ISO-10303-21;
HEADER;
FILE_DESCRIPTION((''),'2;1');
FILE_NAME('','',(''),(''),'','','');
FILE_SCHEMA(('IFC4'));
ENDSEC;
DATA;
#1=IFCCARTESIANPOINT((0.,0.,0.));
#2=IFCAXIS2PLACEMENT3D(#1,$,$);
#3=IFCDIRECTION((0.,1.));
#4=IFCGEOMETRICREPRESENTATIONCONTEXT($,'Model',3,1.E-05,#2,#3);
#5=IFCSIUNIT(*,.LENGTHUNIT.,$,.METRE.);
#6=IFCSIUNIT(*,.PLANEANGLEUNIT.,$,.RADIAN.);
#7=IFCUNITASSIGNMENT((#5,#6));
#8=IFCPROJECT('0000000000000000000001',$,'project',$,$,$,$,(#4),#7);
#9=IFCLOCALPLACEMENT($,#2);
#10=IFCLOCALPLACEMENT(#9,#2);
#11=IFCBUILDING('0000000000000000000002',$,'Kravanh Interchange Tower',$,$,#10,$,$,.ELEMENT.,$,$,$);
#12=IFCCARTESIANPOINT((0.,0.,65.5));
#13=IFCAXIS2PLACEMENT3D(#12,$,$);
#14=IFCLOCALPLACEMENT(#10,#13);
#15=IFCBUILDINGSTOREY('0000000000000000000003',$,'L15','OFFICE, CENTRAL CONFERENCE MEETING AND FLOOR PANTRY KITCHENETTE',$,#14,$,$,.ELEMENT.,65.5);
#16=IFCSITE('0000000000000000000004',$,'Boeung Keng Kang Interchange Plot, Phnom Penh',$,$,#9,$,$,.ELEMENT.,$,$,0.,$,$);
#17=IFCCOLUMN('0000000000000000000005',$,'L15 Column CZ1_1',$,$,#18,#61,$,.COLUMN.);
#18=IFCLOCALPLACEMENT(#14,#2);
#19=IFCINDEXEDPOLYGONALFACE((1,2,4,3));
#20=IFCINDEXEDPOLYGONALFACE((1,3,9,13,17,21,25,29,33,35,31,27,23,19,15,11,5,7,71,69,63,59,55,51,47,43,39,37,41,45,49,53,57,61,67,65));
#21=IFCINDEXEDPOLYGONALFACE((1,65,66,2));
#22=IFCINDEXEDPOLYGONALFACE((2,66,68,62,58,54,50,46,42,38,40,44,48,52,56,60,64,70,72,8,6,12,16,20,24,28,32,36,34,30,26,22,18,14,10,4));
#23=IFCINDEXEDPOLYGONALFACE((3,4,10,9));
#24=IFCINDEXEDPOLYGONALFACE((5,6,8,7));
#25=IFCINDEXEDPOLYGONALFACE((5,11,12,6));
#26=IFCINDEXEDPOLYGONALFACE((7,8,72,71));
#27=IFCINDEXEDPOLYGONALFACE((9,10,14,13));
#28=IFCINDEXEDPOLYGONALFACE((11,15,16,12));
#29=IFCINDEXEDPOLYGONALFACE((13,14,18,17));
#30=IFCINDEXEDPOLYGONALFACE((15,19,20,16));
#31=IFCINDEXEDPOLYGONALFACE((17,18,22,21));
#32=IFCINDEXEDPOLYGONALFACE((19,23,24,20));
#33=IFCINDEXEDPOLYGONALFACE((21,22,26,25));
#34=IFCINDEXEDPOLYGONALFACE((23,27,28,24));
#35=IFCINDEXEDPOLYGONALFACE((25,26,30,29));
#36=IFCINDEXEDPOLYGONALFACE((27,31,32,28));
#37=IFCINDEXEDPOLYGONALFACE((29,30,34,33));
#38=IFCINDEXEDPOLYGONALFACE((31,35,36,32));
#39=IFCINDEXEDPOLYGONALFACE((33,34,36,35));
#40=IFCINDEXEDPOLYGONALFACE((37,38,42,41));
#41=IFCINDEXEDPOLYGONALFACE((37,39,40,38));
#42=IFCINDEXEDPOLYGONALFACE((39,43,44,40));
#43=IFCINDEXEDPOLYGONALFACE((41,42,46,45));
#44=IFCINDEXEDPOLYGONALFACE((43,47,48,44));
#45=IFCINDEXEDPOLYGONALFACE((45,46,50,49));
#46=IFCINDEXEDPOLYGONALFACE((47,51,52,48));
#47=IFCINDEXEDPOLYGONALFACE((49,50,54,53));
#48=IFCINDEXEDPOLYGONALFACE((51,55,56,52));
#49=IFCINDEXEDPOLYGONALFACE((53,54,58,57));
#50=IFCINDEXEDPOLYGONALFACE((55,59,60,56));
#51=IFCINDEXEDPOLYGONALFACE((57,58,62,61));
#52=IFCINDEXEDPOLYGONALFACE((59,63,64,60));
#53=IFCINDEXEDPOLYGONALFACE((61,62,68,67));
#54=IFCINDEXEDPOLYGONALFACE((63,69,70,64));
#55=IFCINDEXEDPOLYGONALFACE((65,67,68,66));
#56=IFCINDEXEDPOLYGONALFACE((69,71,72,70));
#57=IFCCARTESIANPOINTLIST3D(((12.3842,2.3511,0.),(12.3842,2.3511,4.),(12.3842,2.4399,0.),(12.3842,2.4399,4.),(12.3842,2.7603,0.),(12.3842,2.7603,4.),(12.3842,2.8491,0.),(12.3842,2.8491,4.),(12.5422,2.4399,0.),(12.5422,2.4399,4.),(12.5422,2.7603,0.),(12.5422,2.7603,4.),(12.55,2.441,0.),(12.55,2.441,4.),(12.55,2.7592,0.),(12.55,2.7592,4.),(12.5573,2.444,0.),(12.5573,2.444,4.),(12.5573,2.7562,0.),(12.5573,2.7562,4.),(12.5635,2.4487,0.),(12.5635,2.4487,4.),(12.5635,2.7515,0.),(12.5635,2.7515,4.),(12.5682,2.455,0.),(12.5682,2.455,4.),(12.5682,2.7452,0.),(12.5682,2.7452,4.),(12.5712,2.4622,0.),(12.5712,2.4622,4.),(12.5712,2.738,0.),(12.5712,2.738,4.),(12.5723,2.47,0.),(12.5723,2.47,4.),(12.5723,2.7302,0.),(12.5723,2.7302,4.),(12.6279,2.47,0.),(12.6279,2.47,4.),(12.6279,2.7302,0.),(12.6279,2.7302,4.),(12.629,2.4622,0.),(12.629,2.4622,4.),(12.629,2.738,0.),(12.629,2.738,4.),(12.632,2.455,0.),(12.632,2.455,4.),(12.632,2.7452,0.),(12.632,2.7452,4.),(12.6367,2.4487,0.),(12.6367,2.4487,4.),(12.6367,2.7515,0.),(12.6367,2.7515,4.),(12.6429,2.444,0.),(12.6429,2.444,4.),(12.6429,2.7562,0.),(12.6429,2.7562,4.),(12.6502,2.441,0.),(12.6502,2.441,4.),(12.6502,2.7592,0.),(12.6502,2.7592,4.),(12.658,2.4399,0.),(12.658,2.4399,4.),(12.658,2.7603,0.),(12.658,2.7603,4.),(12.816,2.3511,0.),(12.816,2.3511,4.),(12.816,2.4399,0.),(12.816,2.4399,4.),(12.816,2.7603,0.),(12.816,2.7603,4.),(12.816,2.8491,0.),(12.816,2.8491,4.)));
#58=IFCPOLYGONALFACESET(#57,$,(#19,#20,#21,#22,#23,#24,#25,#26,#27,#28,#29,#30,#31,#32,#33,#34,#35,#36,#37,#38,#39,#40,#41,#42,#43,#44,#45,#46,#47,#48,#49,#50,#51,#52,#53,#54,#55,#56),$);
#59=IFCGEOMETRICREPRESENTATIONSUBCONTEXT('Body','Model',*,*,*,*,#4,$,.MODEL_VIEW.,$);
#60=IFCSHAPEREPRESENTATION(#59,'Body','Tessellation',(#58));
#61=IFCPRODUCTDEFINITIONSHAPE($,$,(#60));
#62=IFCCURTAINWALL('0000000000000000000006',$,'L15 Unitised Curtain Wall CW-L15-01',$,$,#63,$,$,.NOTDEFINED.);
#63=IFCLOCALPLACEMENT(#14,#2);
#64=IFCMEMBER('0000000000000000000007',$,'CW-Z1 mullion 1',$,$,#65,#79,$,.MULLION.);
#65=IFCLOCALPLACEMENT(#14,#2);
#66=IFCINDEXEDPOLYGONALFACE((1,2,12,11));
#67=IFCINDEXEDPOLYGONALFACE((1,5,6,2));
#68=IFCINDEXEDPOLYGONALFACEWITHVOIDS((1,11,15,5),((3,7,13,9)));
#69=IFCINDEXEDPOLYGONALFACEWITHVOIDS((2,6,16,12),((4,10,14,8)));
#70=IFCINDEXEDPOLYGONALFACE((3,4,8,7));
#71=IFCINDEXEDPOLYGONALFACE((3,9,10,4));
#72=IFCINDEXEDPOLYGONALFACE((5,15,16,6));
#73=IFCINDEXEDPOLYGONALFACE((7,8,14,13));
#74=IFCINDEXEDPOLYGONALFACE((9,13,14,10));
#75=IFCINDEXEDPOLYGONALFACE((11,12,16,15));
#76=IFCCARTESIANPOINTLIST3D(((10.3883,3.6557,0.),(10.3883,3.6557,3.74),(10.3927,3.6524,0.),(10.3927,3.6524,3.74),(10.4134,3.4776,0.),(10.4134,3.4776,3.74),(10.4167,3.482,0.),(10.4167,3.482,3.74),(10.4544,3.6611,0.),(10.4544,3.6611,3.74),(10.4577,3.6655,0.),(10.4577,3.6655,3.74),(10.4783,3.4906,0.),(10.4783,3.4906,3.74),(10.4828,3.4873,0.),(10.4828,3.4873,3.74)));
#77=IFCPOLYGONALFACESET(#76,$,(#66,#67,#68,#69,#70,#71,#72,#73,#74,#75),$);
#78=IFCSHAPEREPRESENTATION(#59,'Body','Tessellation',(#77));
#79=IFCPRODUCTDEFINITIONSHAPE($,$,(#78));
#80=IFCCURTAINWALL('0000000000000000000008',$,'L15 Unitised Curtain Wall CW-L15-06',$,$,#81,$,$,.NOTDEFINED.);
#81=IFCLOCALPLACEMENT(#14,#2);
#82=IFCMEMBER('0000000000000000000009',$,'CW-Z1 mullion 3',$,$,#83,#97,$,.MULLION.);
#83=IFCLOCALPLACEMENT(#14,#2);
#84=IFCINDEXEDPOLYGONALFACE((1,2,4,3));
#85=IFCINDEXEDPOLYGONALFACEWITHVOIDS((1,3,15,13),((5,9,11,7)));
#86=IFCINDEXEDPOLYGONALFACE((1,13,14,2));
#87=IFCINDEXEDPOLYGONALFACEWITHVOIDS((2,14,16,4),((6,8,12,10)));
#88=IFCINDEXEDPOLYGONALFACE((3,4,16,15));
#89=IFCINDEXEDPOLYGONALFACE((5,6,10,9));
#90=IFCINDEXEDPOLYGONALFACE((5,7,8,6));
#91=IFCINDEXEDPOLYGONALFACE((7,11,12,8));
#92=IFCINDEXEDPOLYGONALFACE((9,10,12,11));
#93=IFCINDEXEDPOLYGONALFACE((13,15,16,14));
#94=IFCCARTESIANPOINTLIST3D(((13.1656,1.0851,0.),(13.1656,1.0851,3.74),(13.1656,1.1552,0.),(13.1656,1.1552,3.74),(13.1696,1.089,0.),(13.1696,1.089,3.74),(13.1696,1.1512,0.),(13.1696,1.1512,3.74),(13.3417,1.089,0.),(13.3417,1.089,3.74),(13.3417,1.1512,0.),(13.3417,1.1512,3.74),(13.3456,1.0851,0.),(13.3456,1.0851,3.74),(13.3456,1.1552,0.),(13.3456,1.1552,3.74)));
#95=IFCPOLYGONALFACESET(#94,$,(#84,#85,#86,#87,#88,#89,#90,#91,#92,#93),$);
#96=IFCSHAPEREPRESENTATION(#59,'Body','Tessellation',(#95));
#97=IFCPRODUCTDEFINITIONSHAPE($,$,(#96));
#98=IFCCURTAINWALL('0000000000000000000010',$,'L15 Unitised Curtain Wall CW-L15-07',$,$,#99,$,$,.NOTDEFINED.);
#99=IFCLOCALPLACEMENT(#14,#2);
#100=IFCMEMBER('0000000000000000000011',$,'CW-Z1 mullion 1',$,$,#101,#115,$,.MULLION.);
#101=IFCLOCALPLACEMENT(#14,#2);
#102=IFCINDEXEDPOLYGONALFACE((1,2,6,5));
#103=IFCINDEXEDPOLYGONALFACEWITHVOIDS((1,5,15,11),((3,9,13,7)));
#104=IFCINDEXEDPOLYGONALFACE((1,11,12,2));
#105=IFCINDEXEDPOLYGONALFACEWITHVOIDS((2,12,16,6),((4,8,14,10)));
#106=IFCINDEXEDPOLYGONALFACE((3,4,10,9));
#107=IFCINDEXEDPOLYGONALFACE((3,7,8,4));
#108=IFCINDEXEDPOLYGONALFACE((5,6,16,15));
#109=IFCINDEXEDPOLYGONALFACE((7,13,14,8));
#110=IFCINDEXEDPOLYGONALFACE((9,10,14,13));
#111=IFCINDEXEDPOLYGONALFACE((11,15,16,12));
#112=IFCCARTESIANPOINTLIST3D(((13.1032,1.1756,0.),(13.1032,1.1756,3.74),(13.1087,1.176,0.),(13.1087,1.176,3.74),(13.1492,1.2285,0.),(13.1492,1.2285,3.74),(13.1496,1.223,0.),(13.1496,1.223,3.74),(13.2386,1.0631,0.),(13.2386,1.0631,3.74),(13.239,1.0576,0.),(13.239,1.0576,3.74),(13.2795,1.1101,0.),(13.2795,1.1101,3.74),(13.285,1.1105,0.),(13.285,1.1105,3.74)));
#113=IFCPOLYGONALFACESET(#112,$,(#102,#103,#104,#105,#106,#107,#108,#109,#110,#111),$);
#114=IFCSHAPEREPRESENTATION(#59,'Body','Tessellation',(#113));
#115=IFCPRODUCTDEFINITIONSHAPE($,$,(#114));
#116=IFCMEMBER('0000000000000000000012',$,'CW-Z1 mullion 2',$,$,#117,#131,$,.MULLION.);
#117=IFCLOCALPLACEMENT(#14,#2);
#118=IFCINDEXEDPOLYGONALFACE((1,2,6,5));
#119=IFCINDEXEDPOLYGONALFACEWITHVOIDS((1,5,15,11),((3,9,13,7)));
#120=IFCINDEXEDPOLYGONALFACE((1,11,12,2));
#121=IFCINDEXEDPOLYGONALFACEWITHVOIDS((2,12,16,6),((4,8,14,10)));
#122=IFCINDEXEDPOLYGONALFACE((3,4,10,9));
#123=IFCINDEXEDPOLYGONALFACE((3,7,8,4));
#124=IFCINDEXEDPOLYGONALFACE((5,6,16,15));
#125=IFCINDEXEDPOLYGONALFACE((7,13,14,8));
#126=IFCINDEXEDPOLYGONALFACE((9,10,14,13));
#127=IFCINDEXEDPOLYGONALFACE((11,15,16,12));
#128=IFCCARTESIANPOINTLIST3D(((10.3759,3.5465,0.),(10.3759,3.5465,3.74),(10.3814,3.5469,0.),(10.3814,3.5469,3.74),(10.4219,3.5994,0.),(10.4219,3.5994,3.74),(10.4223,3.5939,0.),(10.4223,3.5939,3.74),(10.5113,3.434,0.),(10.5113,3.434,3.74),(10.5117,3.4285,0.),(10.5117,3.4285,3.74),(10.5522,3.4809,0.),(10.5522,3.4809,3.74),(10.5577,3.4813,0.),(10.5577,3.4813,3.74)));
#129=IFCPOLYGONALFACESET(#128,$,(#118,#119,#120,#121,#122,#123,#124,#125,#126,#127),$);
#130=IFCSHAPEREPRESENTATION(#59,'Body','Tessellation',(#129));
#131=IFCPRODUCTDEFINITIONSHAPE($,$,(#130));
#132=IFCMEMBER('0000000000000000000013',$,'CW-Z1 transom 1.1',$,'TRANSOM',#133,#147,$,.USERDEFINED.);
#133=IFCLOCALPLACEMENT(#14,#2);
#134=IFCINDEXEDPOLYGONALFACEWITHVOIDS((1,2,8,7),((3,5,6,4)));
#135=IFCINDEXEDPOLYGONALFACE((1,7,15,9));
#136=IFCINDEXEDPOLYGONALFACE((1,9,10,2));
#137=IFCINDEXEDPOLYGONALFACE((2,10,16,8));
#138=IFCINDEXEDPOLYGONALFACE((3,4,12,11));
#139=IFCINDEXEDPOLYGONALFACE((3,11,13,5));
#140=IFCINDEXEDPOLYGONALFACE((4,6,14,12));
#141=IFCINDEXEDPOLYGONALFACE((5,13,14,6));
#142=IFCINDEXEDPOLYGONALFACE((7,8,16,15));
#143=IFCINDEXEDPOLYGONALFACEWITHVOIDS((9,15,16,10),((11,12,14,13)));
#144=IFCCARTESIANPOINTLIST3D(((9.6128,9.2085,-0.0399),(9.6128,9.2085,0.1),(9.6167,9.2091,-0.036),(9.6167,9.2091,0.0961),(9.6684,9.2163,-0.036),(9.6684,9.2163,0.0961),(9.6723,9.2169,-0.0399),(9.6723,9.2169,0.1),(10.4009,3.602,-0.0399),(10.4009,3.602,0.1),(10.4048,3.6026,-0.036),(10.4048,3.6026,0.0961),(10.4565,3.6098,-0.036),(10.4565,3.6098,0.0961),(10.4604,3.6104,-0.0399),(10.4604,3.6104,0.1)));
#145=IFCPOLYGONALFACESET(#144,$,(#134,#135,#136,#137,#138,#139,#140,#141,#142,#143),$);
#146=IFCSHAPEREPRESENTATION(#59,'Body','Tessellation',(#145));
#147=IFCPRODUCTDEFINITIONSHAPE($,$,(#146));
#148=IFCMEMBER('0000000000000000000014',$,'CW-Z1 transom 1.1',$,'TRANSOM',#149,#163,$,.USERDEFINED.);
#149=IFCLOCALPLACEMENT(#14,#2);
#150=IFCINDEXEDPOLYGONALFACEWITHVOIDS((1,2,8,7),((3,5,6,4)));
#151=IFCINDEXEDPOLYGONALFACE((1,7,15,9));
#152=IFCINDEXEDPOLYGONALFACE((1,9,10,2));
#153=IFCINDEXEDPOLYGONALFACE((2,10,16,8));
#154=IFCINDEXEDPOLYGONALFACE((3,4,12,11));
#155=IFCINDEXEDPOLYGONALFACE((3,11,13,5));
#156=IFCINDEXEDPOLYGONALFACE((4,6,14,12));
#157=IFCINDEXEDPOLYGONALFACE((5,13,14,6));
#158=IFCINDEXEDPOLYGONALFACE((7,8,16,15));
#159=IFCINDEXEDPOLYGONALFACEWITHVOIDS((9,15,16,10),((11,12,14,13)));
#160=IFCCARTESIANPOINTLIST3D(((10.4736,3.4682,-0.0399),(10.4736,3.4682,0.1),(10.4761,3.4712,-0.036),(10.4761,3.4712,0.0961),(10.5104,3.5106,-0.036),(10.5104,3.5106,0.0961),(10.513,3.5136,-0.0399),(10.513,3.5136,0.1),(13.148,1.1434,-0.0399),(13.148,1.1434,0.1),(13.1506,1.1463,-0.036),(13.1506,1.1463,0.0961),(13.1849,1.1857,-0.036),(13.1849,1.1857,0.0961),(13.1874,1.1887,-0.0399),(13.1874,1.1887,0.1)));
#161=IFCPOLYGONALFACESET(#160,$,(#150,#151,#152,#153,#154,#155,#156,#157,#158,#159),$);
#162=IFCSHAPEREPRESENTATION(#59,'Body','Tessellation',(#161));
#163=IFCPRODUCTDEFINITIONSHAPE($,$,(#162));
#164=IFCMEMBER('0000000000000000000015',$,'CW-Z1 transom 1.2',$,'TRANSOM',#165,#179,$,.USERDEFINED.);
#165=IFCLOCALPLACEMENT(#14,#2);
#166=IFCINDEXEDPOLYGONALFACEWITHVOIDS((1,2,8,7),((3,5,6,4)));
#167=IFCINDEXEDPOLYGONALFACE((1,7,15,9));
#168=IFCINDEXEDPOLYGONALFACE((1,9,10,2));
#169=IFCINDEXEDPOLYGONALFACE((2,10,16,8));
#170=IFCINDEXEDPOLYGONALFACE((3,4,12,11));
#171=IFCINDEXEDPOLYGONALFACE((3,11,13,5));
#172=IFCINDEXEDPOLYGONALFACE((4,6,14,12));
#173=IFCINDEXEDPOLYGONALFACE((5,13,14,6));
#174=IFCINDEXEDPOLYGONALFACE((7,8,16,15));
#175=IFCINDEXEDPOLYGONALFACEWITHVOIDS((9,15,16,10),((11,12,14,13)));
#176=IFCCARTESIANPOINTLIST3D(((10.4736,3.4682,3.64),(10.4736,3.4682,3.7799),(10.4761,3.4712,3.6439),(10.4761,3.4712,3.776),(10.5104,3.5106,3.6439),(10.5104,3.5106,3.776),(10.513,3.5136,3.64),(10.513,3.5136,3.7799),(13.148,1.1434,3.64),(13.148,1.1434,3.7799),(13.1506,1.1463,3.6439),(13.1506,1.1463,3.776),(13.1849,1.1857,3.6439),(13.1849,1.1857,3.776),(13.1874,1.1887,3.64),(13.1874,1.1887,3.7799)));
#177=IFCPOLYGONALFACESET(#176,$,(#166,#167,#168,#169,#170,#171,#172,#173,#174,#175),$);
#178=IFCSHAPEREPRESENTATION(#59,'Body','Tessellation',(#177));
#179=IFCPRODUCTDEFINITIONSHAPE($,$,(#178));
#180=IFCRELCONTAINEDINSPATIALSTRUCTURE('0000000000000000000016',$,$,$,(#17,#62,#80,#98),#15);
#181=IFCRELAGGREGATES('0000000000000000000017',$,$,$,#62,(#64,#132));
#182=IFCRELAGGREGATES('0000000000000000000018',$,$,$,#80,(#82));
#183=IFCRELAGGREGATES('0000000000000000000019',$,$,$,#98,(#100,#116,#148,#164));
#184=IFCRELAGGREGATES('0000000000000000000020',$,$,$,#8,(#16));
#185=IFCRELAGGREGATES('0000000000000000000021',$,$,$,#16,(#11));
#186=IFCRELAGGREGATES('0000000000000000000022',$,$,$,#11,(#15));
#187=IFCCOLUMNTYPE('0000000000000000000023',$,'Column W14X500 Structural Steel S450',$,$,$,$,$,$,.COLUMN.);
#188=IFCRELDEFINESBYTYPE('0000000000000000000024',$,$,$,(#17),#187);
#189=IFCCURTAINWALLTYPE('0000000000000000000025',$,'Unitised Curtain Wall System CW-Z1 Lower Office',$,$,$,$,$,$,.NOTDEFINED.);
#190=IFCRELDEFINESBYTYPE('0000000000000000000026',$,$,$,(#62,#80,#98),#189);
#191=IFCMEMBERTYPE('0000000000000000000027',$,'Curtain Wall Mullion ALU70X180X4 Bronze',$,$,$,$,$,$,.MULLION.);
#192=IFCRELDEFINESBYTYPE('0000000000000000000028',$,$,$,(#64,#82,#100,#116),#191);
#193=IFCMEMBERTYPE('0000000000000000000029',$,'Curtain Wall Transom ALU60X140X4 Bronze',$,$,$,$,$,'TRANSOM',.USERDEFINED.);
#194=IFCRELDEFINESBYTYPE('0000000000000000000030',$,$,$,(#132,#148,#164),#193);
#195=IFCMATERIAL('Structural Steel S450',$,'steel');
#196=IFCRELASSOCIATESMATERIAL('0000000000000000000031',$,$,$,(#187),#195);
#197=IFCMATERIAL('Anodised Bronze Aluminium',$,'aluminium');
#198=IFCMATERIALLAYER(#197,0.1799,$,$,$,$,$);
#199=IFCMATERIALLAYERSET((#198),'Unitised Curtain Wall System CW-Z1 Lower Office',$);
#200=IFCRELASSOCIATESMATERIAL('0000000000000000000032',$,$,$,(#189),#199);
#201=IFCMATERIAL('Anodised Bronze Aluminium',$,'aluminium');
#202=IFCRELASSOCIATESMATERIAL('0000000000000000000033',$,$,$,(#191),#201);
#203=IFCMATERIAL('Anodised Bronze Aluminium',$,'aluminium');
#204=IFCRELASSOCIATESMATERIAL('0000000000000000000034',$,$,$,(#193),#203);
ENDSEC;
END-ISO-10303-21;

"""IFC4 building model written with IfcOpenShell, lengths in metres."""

from ifc_helpers import new_model, si_unit, direction, frame, origin, origin_2d, place, context, subcontext, project, spatial, hollow_rectangle, i_section, extrude, material, layer, layer_set, material_profile, profile_set, type_object, element, aggregate, save


model = new_model("IFC4")

# Units and contexts
model_context = context("Model", 3, precision=1e-05, world=origin(), true_north=direction((0.0, 1.0)))
body_context = subcontext(model_context, "Body", "Model", "MODEL_VIEW")
ifc_project = project(units=[si_unit("LENGTHUNIT", "METRE"), si_unit("PLANEANGLEUNIT", "RADIAN")], contexts=[model_context])

# Site, building, storey
site_placement = place(None, origin())
site = spatial("IfcSite", under=ifc_project, at=site_placement, Name="Boeung Keng Kang Interchange Plot, Phnom Penh", CompositionType="ELEMENT", RefElevation=0.0)
building_placement = place(site_placement, origin())
building = spatial("IfcBuilding", under=site, at=building_placement, Name="Kravanh Interchange Tower", CompositionType="ELEMENT")
storey_placement = place(building_placement, frame((0.0, 0.0, 65.5)))
storey = spatial("IfcBuildingStorey", under=building, at=storey_placement, Name="L15", Description="OFFICE, CENTRAL CONFERENCE MEETING AND FLOOR PANTRY KITCHENETTE", CompositionType="ELEMENT", Elevation=65.5)

# Column
ifc_material_1 = material(Name="Structural Steel S450", Category="steel")
ifc_material_profile_1 = material_profile(ifc_material_1, i_section(OverallWidth=0.4319, OverallDepth=0.498, WebThickness=0.0557, FlangeThickness=0.0889, FilletRadius=0.03, at=origin_2d()), Name="W14X500")
ifc_profile_set_1 = profile_set([ifc_material_profile_1], Name="Structural Steel S450")
column_type = type_object("IfcColumnType", Name="Column W14X500 Structural Steel S450", PredefinedType="COLUMN", material=ifc_profile_set_1)
column_placement = place(storey_placement, frame((12.6001, 2.6001, 0.0), z_axis=(0.0, 0.0, 1.0), x_axis=(1.0, 0.0, 0.0)))
element("IfcColumn", 1, at=column_placement, inside=storey, type_object=column_type, Name="L15 Column CZ1_1", PredefinedType="COLUMN", context=body_context, shape_type="SweptSolid", body=[
    extrude(i_section(OverallWidth=0.4319, OverallDepth=0.498, WebThickness=0.0557, FlangeThickness=0.0889, FilletRadius=0.03, at=origin_2d()), origin(), (0.0, 0.0, 1.0), 4.0),
])

# Curtain walls, members
ifc_material_2 = material(Name="Anodised Bronze Aluminium", Category="aluminium")
ifc_layer_1 = layer(ifc_material_2, 0.1799)
ifc_layer_set_1 = layer_set([ifc_layer_1], Name="Unitised Curtain Wall System CW-Z1 Lower Office")
curtain_wall_type = type_object("IfcCurtainWallType", Name="Unitised Curtain Wall System CW-Z1 Lower Office", PredefinedType="NOTDEFINED", material=ifc_layer_set_1)
curtain_wall_1_placement = place(storey_placement, origin())
curtain_wall_1 = element("IfcCurtainWall", 2, at=curtain_wall_1_placement, inside=storey, type_object=curtain_wall_type, Name="L15 Unitised Curtain Wall CW-L15-01", PredefinedType="NOTDEFINED")
ifc_material_3 = material(Name="Anodised Bronze Aluminium", Category="aluminium")
ifc_material_profile_2 = material_profile(ifc_material_3, hollow_rectangle(XDim=0.0701, YDim=0.1799, WallThickness=0.0039, at=origin_2d()), Name="ALU70X180X4")
ifc_profile_set_2 = profile_set([ifc_material_profile_2], Name="Anodised Bronze Aluminium")
member_type_1 = type_object("IfcMemberType", Name="Curtain Wall Mullion ALU70X180X4 Bronze", PredefinedType="MULLION", material=ifc_profile_set_2)
member_1_placement = place(storey_placement, frame((10.4355, 3.5715, 0.0), z_axis=(0.0, 0.0, 1.0), x_axis=(-0.990268, -0.139177, 0.0)))
member_1 = element("IfcMember", 3, at=member_1_placement, type_object=member_type_1, Name="CW-Z1 mullion 1", PredefinedType="MULLION", context=body_context, shape_type="SweptSolid", body=[
    extrude(hollow_rectangle(XDim=0.0701, YDim=0.1799, WallThickness=0.0039, at=origin_2d()), origin(), (0.0, 0.0, 1.0), 3.74),
])
curtain_wall_2_placement = place(storey_placement, origin())
curtain_wall_2 = element("IfcCurtainWall", 4, at=curtain_wall_2_placement, inside=storey, type_object=curtain_wall_type, Name="L15 Unitised Curtain Wall CW-L15-06", PredefinedType="NOTDEFINED")
member_2_placement = place(storey_placement, frame((13.2556, 1.1201, 0.0), z_axis=(0.0, 0.0, 1.0), x_axis=(0.0, -1.0, 0.0)))
member_2 = element("IfcMember", 5, at=member_2_placement, type_object=member_type_1, Name="CW-Z1 mullion 3", PredefinedType="MULLION", context=body_context, shape_type="SweptSolid", body=[
    extrude(hollow_rectangle(XDim=0.0701, YDim=0.1799, WallThickness=0.0039, at=origin_2d()), origin(), (0.0, 0.0, 1.0), 3.74),
])

# Curtain wall, members
curtain_wall_3_placement = place(storey_placement, origin())
curtain_wall_3 = element("IfcCurtainWall", 6, at=curtain_wall_3_placement, inside=storey, type_object=curtain_wall_type, Name="L15 Unitised Curtain Wall CW-L15-07", PredefinedType="NOTDEFINED")
member_3_placement = place(storey_placement, frame((13.1941, 1.1431, 0.0), z_axis=(0.0, 0.0, 1.0), x_axis=(-0.65606, -0.754708, 0.0)))
member_3 = element("IfcMember", 7, at=member_3_placement, type_object=member_type_1, Name="CW-Z1 mullion 1", PredefinedType="MULLION", context=body_context, shape_type="SweptSolid", body=[
    extrude(hollow_rectangle(XDim=0.0701, YDim=0.1799, WallThickness=0.0039, at=origin_2d()), origin(), (0.0, 0.0, 1.0), 3.74),
])
member_4_placement = place(storey_placement, frame((10.4668, 3.5139, 0.0), z_axis=(0.0, 0.0, 1.0), x_axis=(-0.65606, -0.754708, 0.0)))
member_4 = element("IfcMember", 8, at=member_4_placement, type_object=member_type_1, Name="CW-Z1 mullion 2", PredefinedType="MULLION", context=body_context, shape_type="SweptSolid", body=[
    extrude(hollow_rectangle(XDim=0.0701, YDim=0.1799, WallThickness=0.0039, at=origin_2d()), origin(), (0.0, 0.0, 1.0), 3.74),
])

# Members
ifc_material_4 = material(Name="Anodised Bronze Aluminium", Category="aluminium")
ifc_material_profile_3 = material_profile(ifc_material_4, hollow_rectangle(XDim=0.0601, YDim=0.1399, WallThickness=0.0039, at=origin_2d()), Name="ALU60X140X4")
ifc_profile_set_3 = profile_set([ifc_material_profile_3], Name="Anodised Bronze Aluminium")
member_type_2 = type_object("IfcMemberType", Name="Curtain Wall Transom ALU60X140X4 Bronze", ElementType="TRANSOM", PredefinedType="USERDEFINED", material=ifc_profile_set_3)
member_5_placement = place(storey_placement, frame((10.4307, 3.6062, 0.03), z_axis=(-0.139199, 0.990264, 0.0), x_axis=(-0.990264, -0.139199, 0.0)))
member_5 = element("IfcMember", 9, at=member_5_placement, type_object=member_type_2, Name="CW-Z1 transom 1.1", ObjectType="TRANSOM", PredefinedType="USERDEFINED", context=body_context, shape_type="SweptSolid", body=[
    extrude(hollow_rectangle(XDim=0.0601, YDim=0.1399, WallThickness=0.0039, at=origin_2d()), origin(), (0.0, 0.0, 1.0), 5.6616),
])
aggregate(curtain_wall_1, [member_1, member_5])
member_6_placement = place(storey_placement, frame((13.1677, 1.166, 0.03), z_axis=(-0.754711, 0.656058, 0.0), x_axis=(-0.656058, -0.754711, 0.0)))
member_6 = element("IfcMember", 10, at=member_6_placement, type_object=member_type_2, Name="CW-Z1 transom 1.1", ObjectType="TRANSOM", PredefinedType="USERDEFINED", context=body_context, shape_type="SweptSolid", body=[
    extrude(hollow_rectangle(XDim=0.0601, YDim=0.1399, WallThickness=0.0039, at=origin_2d()), origin(), (0.0, 0.0, 1.0), 3.5437),
])
member_7_placement = place(storey_placement, frame((13.1677, 1.166, 3.71), z_axis=(-0.754711, 0.656058, 0.0), x_axis=(-0.656058, -0.754711, 0.0)))
member_7 = element("IfcMember", 11, at=member_7_placement, type_object=member_type_2, Name="CW-Z1 transom 1.2", ObjectType="TRANSOM", PredefinedType="USERDEFINED", context=body_context, shape_type="SweptSolid", body=[
    extrude(hollow_rectangle(XDim=0.0601, YDim=0.1399, WallThickness=0.0039, at=origin_2d()), origin(), (0.0, 0.0, 1.0), 3.5437),
])

aggregate(curtain_wall_2, [member_2])
aggregate(curtain_wall_3, [member_3, member_4, member_6, member_7])

save(model, "model.ifc")
